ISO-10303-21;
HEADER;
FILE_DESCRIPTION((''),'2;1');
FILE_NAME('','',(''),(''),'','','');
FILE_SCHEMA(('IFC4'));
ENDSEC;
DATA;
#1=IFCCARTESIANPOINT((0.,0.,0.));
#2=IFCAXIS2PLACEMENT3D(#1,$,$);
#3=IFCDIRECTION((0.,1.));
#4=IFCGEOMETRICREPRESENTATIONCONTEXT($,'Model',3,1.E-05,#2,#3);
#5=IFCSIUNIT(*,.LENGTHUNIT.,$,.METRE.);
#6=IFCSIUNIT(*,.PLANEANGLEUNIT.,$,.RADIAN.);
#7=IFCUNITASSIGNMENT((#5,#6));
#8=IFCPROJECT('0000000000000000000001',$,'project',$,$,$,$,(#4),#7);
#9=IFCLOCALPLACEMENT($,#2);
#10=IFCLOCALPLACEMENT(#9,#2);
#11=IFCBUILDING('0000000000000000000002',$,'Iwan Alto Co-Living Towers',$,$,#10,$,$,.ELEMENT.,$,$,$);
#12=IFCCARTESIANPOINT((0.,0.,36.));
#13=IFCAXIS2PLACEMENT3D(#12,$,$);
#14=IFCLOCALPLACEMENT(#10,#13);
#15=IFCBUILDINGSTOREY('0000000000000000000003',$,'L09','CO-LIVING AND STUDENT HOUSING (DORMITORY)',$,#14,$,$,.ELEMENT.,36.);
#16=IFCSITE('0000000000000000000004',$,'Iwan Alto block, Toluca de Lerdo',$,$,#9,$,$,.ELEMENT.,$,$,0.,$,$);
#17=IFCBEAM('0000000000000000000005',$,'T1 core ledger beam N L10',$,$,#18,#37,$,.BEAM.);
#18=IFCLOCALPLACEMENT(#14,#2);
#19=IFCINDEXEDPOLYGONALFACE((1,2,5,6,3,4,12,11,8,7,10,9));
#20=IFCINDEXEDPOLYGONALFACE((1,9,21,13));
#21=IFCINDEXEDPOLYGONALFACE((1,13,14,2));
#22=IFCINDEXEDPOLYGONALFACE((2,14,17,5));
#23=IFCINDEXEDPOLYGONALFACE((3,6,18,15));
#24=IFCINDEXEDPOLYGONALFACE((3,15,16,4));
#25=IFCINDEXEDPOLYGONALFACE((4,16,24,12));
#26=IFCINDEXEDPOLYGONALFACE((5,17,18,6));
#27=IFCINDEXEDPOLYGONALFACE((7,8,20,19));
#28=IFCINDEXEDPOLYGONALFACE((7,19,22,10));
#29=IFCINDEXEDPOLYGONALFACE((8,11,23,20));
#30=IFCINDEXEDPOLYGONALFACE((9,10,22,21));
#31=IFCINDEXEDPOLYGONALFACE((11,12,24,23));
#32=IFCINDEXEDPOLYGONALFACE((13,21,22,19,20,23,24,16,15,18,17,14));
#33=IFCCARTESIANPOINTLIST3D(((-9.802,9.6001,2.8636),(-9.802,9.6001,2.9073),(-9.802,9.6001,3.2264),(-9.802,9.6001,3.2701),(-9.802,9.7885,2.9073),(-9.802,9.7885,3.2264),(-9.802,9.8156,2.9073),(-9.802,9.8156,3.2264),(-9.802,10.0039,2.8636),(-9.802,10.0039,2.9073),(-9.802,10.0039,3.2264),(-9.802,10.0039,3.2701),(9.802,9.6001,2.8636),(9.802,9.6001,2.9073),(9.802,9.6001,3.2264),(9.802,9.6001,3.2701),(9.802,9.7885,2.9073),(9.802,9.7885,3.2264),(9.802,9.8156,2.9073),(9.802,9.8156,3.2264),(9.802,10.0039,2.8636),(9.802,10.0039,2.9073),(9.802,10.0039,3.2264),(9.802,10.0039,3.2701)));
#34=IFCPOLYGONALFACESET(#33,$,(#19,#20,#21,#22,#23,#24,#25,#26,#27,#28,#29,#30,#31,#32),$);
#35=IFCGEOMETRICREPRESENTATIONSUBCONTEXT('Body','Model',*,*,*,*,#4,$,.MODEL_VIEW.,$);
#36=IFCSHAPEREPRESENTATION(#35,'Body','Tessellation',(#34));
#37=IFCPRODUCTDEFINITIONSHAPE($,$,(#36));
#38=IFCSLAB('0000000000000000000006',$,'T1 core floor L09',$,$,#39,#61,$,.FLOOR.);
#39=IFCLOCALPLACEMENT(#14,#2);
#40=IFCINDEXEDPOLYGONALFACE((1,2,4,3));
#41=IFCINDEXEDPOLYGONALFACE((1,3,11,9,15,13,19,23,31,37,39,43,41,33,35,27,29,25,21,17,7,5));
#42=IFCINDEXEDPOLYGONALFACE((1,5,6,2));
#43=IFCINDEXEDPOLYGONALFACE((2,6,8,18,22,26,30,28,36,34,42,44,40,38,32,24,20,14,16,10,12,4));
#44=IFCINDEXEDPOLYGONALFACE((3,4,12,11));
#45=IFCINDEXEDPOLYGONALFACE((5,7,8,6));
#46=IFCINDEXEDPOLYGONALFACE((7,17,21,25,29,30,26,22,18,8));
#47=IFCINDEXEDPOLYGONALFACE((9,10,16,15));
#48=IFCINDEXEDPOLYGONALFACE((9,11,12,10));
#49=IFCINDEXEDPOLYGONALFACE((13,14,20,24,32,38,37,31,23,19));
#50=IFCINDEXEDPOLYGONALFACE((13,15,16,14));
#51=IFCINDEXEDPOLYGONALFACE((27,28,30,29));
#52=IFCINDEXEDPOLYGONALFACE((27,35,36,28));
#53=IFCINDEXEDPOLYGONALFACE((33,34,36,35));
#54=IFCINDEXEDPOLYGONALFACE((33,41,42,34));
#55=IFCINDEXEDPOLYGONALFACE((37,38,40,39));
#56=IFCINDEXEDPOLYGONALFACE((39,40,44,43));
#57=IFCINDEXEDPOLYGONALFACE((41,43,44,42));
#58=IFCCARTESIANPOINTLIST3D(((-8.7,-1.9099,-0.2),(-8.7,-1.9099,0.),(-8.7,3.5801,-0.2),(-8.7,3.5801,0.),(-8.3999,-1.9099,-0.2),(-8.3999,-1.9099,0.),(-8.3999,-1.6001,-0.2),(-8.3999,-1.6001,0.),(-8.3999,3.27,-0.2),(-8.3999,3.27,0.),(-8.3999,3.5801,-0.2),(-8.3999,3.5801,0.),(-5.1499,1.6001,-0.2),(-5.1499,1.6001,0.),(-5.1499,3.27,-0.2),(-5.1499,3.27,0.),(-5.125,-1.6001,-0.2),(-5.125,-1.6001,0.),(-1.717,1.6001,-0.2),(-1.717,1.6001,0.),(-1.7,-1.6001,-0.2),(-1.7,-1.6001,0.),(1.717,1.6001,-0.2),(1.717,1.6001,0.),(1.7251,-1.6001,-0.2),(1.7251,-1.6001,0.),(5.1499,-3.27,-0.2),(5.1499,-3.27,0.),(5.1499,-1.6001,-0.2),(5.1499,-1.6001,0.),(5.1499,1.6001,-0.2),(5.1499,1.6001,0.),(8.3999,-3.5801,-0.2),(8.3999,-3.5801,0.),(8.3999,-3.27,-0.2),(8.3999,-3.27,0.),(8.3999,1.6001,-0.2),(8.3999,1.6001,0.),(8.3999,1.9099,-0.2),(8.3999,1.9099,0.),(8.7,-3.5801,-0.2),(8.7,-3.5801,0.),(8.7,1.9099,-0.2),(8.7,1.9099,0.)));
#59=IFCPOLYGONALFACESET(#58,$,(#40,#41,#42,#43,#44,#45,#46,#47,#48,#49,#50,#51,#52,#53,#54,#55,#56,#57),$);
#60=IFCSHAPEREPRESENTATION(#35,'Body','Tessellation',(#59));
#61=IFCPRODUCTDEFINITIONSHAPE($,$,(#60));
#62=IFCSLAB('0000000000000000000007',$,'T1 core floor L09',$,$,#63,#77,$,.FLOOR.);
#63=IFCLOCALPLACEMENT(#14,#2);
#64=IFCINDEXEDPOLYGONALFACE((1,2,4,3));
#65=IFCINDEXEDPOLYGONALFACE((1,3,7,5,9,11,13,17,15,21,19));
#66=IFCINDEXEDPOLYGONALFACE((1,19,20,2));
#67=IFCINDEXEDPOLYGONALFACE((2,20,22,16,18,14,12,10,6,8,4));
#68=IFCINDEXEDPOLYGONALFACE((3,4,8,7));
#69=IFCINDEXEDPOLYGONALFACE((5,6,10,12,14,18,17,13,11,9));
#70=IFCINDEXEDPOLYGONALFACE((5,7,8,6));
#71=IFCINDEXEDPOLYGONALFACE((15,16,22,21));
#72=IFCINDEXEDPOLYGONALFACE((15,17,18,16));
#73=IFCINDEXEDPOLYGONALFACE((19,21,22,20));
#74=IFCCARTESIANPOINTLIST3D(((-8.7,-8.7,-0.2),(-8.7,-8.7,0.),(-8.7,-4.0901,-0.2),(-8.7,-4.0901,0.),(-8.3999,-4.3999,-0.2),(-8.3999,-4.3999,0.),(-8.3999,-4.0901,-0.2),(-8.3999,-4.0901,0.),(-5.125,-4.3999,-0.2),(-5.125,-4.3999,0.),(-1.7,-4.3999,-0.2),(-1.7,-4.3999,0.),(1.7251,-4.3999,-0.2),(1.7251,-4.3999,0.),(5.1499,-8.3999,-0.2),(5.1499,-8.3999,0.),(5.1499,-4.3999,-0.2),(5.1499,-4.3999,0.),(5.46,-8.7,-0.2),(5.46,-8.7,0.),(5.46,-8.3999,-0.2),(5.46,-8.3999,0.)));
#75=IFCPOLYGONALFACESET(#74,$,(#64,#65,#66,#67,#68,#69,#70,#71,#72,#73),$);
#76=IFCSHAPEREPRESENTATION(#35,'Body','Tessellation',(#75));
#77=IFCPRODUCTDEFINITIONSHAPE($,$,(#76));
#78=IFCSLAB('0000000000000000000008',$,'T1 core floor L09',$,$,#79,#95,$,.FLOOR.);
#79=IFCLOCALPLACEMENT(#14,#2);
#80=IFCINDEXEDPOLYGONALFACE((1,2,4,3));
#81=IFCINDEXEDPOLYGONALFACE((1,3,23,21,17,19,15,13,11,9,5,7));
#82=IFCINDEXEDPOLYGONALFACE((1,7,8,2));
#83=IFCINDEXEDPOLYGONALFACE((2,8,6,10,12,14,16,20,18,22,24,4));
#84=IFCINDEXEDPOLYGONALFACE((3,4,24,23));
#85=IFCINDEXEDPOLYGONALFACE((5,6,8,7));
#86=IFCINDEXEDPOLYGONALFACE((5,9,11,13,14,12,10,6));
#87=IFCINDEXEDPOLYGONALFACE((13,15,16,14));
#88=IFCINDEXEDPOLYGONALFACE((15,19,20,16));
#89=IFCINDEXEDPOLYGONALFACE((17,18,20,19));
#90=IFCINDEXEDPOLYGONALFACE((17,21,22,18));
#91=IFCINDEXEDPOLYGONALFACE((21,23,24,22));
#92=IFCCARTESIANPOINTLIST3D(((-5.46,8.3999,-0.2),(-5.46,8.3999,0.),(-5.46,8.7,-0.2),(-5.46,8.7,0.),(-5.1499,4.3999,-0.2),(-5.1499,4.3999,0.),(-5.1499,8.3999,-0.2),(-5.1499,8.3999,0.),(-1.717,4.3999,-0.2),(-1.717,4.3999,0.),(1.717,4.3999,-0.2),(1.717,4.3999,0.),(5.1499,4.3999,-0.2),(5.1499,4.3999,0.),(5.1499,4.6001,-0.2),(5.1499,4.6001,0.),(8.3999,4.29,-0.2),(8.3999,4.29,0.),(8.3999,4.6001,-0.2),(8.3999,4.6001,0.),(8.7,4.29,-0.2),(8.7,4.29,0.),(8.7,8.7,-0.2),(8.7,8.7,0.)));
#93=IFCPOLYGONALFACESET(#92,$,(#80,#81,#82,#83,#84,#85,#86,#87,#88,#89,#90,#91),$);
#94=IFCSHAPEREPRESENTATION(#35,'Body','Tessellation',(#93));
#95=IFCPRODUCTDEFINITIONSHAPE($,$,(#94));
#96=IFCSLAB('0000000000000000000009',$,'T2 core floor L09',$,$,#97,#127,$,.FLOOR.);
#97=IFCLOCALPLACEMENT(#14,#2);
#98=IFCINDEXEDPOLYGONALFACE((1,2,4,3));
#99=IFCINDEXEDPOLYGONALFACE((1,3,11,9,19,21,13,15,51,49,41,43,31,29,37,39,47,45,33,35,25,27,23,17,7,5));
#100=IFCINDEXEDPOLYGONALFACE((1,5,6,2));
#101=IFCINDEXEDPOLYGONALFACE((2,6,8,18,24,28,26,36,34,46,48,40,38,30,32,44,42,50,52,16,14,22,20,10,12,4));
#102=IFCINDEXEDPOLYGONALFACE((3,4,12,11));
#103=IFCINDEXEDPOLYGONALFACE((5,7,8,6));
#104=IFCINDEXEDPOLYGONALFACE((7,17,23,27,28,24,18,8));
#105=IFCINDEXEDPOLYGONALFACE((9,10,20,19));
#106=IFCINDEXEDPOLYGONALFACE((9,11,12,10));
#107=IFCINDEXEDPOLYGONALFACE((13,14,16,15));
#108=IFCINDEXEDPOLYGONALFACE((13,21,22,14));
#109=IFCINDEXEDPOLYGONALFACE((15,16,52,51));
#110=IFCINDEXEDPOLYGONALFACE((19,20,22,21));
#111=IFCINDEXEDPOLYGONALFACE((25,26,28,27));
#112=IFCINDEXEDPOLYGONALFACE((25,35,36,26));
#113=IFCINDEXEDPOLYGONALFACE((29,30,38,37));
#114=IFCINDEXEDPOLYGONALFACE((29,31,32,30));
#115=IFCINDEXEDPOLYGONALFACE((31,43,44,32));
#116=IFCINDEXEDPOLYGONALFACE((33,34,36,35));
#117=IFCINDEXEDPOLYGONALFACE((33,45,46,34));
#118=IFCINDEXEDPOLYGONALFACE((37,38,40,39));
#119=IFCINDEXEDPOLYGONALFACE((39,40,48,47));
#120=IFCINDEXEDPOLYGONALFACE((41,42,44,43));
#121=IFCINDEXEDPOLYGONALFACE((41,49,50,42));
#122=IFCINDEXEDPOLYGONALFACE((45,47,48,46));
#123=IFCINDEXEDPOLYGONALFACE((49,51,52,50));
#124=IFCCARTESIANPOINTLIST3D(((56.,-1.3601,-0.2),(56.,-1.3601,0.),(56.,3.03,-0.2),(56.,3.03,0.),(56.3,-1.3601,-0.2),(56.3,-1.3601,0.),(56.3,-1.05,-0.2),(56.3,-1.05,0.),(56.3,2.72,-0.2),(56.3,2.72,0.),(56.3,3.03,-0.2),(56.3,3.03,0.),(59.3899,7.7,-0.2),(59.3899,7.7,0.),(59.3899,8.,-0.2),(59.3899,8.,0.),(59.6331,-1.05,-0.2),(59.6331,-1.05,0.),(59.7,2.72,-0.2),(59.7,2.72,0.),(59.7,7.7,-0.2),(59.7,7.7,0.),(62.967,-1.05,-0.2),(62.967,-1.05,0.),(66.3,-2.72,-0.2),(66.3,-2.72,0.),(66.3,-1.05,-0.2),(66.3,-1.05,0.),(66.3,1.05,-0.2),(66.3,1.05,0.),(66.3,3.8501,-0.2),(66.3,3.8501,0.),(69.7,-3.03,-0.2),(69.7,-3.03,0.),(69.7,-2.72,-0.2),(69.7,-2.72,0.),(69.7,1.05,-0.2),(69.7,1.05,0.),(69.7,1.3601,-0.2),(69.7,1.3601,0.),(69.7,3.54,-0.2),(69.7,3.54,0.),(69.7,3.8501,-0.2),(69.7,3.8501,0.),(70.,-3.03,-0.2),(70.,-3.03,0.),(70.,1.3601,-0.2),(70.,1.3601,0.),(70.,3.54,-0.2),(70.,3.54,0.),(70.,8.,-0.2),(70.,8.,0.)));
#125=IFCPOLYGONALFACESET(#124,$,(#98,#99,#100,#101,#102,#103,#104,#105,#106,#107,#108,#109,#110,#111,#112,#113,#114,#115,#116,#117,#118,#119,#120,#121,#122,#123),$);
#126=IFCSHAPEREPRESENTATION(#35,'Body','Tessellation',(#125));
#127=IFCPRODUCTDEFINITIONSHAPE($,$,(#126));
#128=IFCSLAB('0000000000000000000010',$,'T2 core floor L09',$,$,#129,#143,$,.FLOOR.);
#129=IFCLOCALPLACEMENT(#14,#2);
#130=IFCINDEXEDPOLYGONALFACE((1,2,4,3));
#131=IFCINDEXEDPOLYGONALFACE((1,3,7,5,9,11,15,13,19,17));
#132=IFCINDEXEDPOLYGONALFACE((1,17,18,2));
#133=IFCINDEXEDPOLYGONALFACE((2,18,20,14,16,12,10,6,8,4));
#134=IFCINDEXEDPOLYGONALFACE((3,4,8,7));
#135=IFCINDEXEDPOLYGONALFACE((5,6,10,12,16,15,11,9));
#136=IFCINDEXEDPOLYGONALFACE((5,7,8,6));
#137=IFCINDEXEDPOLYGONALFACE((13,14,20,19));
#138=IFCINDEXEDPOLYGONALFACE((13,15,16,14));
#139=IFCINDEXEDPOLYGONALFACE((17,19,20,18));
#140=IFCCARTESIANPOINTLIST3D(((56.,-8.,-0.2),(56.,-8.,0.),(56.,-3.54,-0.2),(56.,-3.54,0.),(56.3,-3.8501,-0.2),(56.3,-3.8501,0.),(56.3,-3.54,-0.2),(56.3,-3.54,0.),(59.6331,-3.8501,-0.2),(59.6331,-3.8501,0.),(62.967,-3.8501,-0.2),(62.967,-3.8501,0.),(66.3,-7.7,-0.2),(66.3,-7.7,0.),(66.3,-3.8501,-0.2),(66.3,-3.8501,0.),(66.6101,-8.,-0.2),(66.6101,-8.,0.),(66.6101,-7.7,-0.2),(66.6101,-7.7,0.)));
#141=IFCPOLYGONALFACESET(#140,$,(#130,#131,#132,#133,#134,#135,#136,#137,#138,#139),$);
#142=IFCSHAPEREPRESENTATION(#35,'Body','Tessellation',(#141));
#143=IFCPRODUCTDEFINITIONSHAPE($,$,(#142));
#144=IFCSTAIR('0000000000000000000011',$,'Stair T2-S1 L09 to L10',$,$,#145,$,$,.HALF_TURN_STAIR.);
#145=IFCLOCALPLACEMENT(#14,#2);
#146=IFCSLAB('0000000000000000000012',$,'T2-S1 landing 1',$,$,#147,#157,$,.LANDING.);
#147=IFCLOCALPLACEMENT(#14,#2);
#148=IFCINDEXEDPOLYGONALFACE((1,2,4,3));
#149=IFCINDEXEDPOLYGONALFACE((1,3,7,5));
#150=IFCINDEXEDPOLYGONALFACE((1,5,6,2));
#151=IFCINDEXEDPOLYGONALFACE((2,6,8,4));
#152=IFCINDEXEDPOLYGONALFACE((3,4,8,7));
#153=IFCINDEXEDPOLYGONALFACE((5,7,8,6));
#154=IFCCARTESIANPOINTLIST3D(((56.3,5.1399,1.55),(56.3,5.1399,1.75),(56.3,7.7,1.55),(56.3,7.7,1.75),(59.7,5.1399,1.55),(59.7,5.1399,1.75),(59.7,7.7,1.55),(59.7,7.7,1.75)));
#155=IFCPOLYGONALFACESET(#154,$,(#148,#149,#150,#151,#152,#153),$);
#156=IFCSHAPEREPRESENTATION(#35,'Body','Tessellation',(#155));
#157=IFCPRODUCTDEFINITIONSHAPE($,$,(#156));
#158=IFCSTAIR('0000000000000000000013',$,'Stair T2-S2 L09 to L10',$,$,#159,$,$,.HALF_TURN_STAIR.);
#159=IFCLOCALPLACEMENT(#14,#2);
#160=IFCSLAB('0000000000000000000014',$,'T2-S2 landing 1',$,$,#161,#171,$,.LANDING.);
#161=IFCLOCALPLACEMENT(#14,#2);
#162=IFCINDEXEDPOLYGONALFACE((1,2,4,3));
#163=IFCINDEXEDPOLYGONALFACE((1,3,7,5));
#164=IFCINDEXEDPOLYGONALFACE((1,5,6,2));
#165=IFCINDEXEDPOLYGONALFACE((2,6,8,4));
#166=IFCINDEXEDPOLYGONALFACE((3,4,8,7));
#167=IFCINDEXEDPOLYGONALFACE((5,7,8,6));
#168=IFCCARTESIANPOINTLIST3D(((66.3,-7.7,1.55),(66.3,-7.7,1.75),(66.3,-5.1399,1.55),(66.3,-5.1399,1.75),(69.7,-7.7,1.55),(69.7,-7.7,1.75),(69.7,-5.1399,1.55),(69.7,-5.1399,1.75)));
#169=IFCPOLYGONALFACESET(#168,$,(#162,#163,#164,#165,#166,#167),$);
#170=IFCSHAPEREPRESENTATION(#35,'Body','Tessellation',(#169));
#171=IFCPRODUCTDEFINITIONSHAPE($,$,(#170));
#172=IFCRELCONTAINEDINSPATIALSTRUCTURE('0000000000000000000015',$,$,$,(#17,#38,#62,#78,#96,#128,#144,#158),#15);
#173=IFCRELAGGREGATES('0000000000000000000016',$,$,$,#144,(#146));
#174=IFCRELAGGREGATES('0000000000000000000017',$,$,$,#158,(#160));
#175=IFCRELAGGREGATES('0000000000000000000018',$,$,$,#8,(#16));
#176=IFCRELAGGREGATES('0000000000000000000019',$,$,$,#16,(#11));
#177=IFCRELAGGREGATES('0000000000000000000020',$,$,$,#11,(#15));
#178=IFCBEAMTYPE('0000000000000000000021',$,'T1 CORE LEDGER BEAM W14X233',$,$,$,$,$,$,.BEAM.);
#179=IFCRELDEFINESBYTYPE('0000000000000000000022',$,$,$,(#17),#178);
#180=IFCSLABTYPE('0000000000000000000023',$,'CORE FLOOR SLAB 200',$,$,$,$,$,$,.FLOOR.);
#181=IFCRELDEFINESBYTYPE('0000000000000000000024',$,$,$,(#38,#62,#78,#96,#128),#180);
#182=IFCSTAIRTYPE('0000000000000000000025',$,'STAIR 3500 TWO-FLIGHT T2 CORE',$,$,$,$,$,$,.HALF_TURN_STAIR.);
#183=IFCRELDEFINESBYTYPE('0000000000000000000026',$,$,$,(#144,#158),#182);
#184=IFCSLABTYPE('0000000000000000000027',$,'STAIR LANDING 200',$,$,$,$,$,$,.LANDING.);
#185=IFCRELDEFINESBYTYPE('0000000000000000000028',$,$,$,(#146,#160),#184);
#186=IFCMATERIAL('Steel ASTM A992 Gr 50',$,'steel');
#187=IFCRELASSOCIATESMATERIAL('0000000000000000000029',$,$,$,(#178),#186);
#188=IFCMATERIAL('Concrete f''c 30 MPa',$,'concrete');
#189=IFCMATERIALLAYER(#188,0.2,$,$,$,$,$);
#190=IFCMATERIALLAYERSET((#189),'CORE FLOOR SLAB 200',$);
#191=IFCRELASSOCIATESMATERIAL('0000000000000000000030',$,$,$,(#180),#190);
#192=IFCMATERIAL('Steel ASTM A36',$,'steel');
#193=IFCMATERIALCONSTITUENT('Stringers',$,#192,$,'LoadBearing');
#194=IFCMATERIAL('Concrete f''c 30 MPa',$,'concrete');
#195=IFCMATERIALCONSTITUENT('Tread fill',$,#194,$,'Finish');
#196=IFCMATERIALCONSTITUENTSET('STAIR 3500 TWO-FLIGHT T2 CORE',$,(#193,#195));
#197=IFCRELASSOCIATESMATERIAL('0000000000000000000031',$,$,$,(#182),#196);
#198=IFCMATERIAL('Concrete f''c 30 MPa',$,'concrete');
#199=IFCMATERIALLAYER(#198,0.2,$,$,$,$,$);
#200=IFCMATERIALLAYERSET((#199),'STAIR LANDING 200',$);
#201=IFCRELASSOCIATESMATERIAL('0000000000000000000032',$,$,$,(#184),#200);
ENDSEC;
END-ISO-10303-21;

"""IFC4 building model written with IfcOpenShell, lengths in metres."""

from ifc_helpers import new_model, si_unit, direction, frame, origin, origin_2d, place, context, subcontext, project, spatial, polyline, i_section, outline, extrude, material, layer, layer_set, constituent, constituent_set, material_profile, profile_set, type_object, element, aggregate, save


model = new_model("IFC4")

# Units and contexts
model_context = context("Model", 3, precision=1e-05, world=origin(), true_north=direction((0.0, 1.0)))
body_context = subcontext(model_context, "Body", "Model", "MODEL_VIEW")
ifc_project = project(units=[si_unit("LENGTHUNIT", "METRE"), si_unit("PLANEANGLEUNIT", "RADIAN")], contexts=[model_context])

# Site, building, storey
site_placement = place(None, origin())
site = spatial("IfcSite", under=ifc_project, at=site_placement, Name="Iwan Alto block, Toluca de Lerdo", CompositionType="ELEMENT", RefElevation=0.0)
building_placement = place(site_placement, origin())
building = spatial("IfcBuilding", under=site, at=building_placement, Name="Iwan Alto Co-Living Towers", CompositionType="ELEMENT")
storey_placement = place(building_placement, frame((0.0, 0.0, 36.0)))
storey = spatial("IfcBuildingStorey", under=building, at=storey_placement, Name="L09", Description="CO-LIVING AND STUDENT HOUSING (DORMITORY)", CompositionType="ELEMENT", Elevation=36.0)

# Beam
ifc_material_1 = material(Name="Steel ASTM A992 Gr 50", Category="steel")
ifc_material_profile = material_profile(ifc_material_1, i_section(OverallWidth=0.4038, OverallDepth=0.4065, WebThickness=0.0271, FlangeThickness=0.0437, at=origin_2d()), Name="W14X233")
ifc_profile_set = profile_set([ifc_material_profile], Name="Steel ASTM A992 Gr 50")
beam_type = type_object("IfcBeamType", Name="T1 CORE LEDGER BEAM W14X233", PredefinedType="BEAM", material=ifc_profile_set)
beam_placement = place(storey_placement, frame((9.802, 9.802, 3.0669), z_axis=(-1.0, 0.0, 0.0), x_axis=(0.0, -1.0, 0.0)))
element("IfcBeam", 1, at=beam_placement, inside=storey, type_object=beam_type, Name="T1 core ledger beam N L10", PredefinedType="BEAM", context=body_context, shape_type="SweptSolid", body=[
    extrude(i_section(OverallWidth=0.4038, OverallDepth=0.4065, WebThickness=0.0271, FlangeThickness=0.0437, at=origin_2d()), origin(), (0.0, 0.0, 1.0), 19.604),
])

# Slabs
ifc_material_2 = material(Name="Concrete f'c 30 MPa", Category="concrete")
ifc_layer_1 = layer(ifc_material_2, 0.2)
ifc_layer_set_1 = layer_set([ifc_layer_1], Name="CORE FLOOR SLAB 200")
slab_type_1 = type_object("IfcSlabType", Name="CORE FLOOR SLAB 200", PredefinedType="FLOOR", material=ifc_layer_set_1)
slab_1_placement = place(storey_placement, frame((0.0, 0.0, -0.2)))
element("IfcSlab", 2, at=slab_1_placement, inside=storey, type_object=slab_type_1, Name="T1 core floor L09", PredefinedType="FLOOR", context=body_context, shape_type="SweptSolid", body=[
    extrude(outline(polyline([(8.7, -3.5801), (8.3999, -3.5801), (8.3999, -3.27), (5.1499, -3.27), (5.1499, -1.6001), (1.7251, -1.6001), (-1.7, -1.6001), (-5.125, -1.6001), (-8.3999, -1.6001), (-8.3999, -1.9099), (-8.7, -1.9099), (-8.7, 3.5801), (-8.3999, 3.5801), (-8.3999, 3.27), (-5.1499, 3.27), (-5.1499, 1.6001), (-1.717, 1.6001), (1.717, 1.6001), (5.1499, 1.6001), (8.3999, 1.6001), (8.3999, 1.9099), (8.7, 1.9099), (8.7, -3.5801)])), origin(), (0.0, 0.0, 1.0), 0.2),
])
slab_2_placement = place(storey_placement, frame((0.0, 0.0, -0.2)))
element("IfcSlab", 3, at=slab_2_placement, inside=storey, type_object=slab_type_1, Name="T1 core floor L09", PredefinedType="FLOOR", context=body_context, shape_type="SweptSolid", body=[
    extrude(outline(polyline([(-1.7, -4.3999), (1.7251, -4.3999), (5.1499, -4.3999), (5.1499, -8.3999), (5.46, -8.3999), (5.46, -8.7), (-8.7, -8.7), (-8.7, -4.0901), (-8.3999, -4.0901), (-8.3999, -4.3999), (-5.125, -4.3999), (-1.7, -4.3999)])), origin(), (0.0, 0.0, 1.0), 0.2),
])
slab_3_placement = place(storey_placement, frame((0.0, 0.0, -0.2)))
element("IfcSlab", 4, at=slab_3_placement, inside=storey, type_object=slab_type_1, Name="T1 core floor L09", PredefinedType="FLOOR", context=body_context, shape_type="SweptSolid", body=[
    extrude(outline(polyline([(1.717, 4.3999), (-1.717, 4.3999), (-5.1499, 4.3999), (-5.1499, 8.3999), (-5.46, 8.3999), (-5.46, 8.7), (8.7, 8.7), (8.7, 4.29), (8.3999, 4.29), (8.3999, 4.6001), (5.1499, 4.6001), (5.1499, 4.3999), (1.717, 4.3999)])), origin(), (0.0, 0.0, 1.0), 0.2),
])
slab_4_placement = place(storey_placement, frame((0.0, 0.0, -0.2)))
element("IfcSlab", 5, at=slab_4_placement, inside=storey, type_object=slab_type_1, Name="T2 core floor L09", PredefinedType="FLOOR", context=body_context, shape_type="SweptSolid", body=[
    extrude(outline(polyline([(70.0, -3.03), (69.7, -3.03), (69.7, -2.72), (66.3, -2.72), (66.3, -1.05), (62.967, -1.05), (59.6331, -1.05), (56.3, -1.05), (56.3, -1.3601), (56.0, -1.3601), (56.0, 3.03), (56.3, 3.03), (56.3, 2.72), (59.7, 2.72), (59.7, 7.7), (59.3899, 7.7), (59.3899, 8.0), (70.0, 8.0), (70.0, 3.54), (69.7, 3.54), (69.7, 3.8501), (66.3, 3.8501), (66.3, 1.05), (69.7, 1.05), (69.7, 1.3601), (70.0, 1.3601), (70.0, -3.03)])), origin(), (0.0, 0.0, 1.0), 0.2),
])
slab_5_placement = place(storey_placement, frame((0.0, 0.0, -0.2)))
element("IfcSlab", 6, at=slab_5_placement, inside=storey, type_object=slab_type_1, Name="T2 core floor L09", PredefinedType="FLOOR", context=body_context, shape_type="SweptSolid", body=[
    extrude(outline(polyline([(62.967, -3.8501), (66.3, -3.8501), (66.3, -7.7), (66.6101, -7.7), (66.6101, -8.0), (56.0, -8.0), (56.0, -3.54), (56.3, -3.54), (56.3, -3.8501), (59.6331, -3.8501), (62.967, -3.8501)])), origin(), (0.0, 0.0, 1.0), 0.2),
])

# Stairs, slabs
ifc_material_3 = material(Name="Steel ASTM A36", Category="steel")
ifc_constituent_1 = constituent(ifc_material_3, Name="Stringers", Category="LoadBearing")
ifc_material_4 = material(Name="Concrete f'c 30 MPa", Category="concrete")
ifc_constituent_2 = constituent(ifc_material_4, Name="Tread fill", Category="Finish")
ifc_constituent_set = constituent_set(constituents=[ifc_constituent_1, ifc_constituent_2], Name="STAIR 3500 TWO-FLIGHT T2 CORE")
stair_type = type_object("IfcStairType", Name="STAIR 3500 TWO-FLIGHT T2 CORE", PredefinedType="HALF_TURN_STAIR", material=ifc_constituent_set)
stair_1_placement = place(storey_placement, origin())
stair_1 = element("IfcStair", 7, at=stair_1_placement, inside=storey, type_object=stair_type, Name="Stair T2-S1 L09 to L10", PredefinedType="HALF_TURN_STAIR")
ifc_material_5 = material(Name="Concrete f'c 30 MPa", Category="concrete")
ifc_layer_2 = layer(ifc_material_5, 0.2)
ifc_layer_set_2 = layer_set([ifc_layer_2], Name="STAIR LANDING 200")
slab_type_2 = type_object("IfcSlabType", Name="STAIR LANDING 200", PredefinedType="LANDING", material=ifc_layer_set_2)
slab_6_placement = place(storey_placement, frame((0.0, 0.0, 1.55)))
slab_6 = element("IfcSlab", 8, at=slab_6_placement, type_object=slab_type_2, Name="T2-S1 landing 1", PredefinedType="LANDING", context=body_context, shape_type="SweptSolid", body=[
    extrude(outline(polyline([(56.3, 5.1399), (56.3, 7.7), (59.7, 7.7), (59.7, 5.1399), (56.3, 5.1399)])), origin(), (0.0, 0.0, 1.0), 0.2),
])
aggregate(stair_1, [slab_6])
stair_2_placement = place(storey_placement, origin())
stair_2 = element("IfcStair", 9, at=stair_2_placement, inside=storey, type_object=stair_type, Name="Stair T2-S2 L09 to L10", PredefinedType="HALF_TURN_STAIR")
slab_7_placement = place(storey_placement, frame((0.0, 0.0, 1.55)))
slab_7 = element("IfcSlab", 10, at=slab_7_placement, type_object=slab_type_2, Name="T2-S2 landing 1", PredefinedType="LANDING", context=body_context, shape_type="SweptSolid", body=[
    extrude(outline(polyline([(66.3, -5.1399), (66.3, -7.7), (69.7, -7.7), (69.7, -5.1399), (66.3, -5.1399)])), origin(), (0.0, 0.0, 1.0), 0.2),
])
aggregate(stair_2, [slab_7])

save(model, "model.ifc")
